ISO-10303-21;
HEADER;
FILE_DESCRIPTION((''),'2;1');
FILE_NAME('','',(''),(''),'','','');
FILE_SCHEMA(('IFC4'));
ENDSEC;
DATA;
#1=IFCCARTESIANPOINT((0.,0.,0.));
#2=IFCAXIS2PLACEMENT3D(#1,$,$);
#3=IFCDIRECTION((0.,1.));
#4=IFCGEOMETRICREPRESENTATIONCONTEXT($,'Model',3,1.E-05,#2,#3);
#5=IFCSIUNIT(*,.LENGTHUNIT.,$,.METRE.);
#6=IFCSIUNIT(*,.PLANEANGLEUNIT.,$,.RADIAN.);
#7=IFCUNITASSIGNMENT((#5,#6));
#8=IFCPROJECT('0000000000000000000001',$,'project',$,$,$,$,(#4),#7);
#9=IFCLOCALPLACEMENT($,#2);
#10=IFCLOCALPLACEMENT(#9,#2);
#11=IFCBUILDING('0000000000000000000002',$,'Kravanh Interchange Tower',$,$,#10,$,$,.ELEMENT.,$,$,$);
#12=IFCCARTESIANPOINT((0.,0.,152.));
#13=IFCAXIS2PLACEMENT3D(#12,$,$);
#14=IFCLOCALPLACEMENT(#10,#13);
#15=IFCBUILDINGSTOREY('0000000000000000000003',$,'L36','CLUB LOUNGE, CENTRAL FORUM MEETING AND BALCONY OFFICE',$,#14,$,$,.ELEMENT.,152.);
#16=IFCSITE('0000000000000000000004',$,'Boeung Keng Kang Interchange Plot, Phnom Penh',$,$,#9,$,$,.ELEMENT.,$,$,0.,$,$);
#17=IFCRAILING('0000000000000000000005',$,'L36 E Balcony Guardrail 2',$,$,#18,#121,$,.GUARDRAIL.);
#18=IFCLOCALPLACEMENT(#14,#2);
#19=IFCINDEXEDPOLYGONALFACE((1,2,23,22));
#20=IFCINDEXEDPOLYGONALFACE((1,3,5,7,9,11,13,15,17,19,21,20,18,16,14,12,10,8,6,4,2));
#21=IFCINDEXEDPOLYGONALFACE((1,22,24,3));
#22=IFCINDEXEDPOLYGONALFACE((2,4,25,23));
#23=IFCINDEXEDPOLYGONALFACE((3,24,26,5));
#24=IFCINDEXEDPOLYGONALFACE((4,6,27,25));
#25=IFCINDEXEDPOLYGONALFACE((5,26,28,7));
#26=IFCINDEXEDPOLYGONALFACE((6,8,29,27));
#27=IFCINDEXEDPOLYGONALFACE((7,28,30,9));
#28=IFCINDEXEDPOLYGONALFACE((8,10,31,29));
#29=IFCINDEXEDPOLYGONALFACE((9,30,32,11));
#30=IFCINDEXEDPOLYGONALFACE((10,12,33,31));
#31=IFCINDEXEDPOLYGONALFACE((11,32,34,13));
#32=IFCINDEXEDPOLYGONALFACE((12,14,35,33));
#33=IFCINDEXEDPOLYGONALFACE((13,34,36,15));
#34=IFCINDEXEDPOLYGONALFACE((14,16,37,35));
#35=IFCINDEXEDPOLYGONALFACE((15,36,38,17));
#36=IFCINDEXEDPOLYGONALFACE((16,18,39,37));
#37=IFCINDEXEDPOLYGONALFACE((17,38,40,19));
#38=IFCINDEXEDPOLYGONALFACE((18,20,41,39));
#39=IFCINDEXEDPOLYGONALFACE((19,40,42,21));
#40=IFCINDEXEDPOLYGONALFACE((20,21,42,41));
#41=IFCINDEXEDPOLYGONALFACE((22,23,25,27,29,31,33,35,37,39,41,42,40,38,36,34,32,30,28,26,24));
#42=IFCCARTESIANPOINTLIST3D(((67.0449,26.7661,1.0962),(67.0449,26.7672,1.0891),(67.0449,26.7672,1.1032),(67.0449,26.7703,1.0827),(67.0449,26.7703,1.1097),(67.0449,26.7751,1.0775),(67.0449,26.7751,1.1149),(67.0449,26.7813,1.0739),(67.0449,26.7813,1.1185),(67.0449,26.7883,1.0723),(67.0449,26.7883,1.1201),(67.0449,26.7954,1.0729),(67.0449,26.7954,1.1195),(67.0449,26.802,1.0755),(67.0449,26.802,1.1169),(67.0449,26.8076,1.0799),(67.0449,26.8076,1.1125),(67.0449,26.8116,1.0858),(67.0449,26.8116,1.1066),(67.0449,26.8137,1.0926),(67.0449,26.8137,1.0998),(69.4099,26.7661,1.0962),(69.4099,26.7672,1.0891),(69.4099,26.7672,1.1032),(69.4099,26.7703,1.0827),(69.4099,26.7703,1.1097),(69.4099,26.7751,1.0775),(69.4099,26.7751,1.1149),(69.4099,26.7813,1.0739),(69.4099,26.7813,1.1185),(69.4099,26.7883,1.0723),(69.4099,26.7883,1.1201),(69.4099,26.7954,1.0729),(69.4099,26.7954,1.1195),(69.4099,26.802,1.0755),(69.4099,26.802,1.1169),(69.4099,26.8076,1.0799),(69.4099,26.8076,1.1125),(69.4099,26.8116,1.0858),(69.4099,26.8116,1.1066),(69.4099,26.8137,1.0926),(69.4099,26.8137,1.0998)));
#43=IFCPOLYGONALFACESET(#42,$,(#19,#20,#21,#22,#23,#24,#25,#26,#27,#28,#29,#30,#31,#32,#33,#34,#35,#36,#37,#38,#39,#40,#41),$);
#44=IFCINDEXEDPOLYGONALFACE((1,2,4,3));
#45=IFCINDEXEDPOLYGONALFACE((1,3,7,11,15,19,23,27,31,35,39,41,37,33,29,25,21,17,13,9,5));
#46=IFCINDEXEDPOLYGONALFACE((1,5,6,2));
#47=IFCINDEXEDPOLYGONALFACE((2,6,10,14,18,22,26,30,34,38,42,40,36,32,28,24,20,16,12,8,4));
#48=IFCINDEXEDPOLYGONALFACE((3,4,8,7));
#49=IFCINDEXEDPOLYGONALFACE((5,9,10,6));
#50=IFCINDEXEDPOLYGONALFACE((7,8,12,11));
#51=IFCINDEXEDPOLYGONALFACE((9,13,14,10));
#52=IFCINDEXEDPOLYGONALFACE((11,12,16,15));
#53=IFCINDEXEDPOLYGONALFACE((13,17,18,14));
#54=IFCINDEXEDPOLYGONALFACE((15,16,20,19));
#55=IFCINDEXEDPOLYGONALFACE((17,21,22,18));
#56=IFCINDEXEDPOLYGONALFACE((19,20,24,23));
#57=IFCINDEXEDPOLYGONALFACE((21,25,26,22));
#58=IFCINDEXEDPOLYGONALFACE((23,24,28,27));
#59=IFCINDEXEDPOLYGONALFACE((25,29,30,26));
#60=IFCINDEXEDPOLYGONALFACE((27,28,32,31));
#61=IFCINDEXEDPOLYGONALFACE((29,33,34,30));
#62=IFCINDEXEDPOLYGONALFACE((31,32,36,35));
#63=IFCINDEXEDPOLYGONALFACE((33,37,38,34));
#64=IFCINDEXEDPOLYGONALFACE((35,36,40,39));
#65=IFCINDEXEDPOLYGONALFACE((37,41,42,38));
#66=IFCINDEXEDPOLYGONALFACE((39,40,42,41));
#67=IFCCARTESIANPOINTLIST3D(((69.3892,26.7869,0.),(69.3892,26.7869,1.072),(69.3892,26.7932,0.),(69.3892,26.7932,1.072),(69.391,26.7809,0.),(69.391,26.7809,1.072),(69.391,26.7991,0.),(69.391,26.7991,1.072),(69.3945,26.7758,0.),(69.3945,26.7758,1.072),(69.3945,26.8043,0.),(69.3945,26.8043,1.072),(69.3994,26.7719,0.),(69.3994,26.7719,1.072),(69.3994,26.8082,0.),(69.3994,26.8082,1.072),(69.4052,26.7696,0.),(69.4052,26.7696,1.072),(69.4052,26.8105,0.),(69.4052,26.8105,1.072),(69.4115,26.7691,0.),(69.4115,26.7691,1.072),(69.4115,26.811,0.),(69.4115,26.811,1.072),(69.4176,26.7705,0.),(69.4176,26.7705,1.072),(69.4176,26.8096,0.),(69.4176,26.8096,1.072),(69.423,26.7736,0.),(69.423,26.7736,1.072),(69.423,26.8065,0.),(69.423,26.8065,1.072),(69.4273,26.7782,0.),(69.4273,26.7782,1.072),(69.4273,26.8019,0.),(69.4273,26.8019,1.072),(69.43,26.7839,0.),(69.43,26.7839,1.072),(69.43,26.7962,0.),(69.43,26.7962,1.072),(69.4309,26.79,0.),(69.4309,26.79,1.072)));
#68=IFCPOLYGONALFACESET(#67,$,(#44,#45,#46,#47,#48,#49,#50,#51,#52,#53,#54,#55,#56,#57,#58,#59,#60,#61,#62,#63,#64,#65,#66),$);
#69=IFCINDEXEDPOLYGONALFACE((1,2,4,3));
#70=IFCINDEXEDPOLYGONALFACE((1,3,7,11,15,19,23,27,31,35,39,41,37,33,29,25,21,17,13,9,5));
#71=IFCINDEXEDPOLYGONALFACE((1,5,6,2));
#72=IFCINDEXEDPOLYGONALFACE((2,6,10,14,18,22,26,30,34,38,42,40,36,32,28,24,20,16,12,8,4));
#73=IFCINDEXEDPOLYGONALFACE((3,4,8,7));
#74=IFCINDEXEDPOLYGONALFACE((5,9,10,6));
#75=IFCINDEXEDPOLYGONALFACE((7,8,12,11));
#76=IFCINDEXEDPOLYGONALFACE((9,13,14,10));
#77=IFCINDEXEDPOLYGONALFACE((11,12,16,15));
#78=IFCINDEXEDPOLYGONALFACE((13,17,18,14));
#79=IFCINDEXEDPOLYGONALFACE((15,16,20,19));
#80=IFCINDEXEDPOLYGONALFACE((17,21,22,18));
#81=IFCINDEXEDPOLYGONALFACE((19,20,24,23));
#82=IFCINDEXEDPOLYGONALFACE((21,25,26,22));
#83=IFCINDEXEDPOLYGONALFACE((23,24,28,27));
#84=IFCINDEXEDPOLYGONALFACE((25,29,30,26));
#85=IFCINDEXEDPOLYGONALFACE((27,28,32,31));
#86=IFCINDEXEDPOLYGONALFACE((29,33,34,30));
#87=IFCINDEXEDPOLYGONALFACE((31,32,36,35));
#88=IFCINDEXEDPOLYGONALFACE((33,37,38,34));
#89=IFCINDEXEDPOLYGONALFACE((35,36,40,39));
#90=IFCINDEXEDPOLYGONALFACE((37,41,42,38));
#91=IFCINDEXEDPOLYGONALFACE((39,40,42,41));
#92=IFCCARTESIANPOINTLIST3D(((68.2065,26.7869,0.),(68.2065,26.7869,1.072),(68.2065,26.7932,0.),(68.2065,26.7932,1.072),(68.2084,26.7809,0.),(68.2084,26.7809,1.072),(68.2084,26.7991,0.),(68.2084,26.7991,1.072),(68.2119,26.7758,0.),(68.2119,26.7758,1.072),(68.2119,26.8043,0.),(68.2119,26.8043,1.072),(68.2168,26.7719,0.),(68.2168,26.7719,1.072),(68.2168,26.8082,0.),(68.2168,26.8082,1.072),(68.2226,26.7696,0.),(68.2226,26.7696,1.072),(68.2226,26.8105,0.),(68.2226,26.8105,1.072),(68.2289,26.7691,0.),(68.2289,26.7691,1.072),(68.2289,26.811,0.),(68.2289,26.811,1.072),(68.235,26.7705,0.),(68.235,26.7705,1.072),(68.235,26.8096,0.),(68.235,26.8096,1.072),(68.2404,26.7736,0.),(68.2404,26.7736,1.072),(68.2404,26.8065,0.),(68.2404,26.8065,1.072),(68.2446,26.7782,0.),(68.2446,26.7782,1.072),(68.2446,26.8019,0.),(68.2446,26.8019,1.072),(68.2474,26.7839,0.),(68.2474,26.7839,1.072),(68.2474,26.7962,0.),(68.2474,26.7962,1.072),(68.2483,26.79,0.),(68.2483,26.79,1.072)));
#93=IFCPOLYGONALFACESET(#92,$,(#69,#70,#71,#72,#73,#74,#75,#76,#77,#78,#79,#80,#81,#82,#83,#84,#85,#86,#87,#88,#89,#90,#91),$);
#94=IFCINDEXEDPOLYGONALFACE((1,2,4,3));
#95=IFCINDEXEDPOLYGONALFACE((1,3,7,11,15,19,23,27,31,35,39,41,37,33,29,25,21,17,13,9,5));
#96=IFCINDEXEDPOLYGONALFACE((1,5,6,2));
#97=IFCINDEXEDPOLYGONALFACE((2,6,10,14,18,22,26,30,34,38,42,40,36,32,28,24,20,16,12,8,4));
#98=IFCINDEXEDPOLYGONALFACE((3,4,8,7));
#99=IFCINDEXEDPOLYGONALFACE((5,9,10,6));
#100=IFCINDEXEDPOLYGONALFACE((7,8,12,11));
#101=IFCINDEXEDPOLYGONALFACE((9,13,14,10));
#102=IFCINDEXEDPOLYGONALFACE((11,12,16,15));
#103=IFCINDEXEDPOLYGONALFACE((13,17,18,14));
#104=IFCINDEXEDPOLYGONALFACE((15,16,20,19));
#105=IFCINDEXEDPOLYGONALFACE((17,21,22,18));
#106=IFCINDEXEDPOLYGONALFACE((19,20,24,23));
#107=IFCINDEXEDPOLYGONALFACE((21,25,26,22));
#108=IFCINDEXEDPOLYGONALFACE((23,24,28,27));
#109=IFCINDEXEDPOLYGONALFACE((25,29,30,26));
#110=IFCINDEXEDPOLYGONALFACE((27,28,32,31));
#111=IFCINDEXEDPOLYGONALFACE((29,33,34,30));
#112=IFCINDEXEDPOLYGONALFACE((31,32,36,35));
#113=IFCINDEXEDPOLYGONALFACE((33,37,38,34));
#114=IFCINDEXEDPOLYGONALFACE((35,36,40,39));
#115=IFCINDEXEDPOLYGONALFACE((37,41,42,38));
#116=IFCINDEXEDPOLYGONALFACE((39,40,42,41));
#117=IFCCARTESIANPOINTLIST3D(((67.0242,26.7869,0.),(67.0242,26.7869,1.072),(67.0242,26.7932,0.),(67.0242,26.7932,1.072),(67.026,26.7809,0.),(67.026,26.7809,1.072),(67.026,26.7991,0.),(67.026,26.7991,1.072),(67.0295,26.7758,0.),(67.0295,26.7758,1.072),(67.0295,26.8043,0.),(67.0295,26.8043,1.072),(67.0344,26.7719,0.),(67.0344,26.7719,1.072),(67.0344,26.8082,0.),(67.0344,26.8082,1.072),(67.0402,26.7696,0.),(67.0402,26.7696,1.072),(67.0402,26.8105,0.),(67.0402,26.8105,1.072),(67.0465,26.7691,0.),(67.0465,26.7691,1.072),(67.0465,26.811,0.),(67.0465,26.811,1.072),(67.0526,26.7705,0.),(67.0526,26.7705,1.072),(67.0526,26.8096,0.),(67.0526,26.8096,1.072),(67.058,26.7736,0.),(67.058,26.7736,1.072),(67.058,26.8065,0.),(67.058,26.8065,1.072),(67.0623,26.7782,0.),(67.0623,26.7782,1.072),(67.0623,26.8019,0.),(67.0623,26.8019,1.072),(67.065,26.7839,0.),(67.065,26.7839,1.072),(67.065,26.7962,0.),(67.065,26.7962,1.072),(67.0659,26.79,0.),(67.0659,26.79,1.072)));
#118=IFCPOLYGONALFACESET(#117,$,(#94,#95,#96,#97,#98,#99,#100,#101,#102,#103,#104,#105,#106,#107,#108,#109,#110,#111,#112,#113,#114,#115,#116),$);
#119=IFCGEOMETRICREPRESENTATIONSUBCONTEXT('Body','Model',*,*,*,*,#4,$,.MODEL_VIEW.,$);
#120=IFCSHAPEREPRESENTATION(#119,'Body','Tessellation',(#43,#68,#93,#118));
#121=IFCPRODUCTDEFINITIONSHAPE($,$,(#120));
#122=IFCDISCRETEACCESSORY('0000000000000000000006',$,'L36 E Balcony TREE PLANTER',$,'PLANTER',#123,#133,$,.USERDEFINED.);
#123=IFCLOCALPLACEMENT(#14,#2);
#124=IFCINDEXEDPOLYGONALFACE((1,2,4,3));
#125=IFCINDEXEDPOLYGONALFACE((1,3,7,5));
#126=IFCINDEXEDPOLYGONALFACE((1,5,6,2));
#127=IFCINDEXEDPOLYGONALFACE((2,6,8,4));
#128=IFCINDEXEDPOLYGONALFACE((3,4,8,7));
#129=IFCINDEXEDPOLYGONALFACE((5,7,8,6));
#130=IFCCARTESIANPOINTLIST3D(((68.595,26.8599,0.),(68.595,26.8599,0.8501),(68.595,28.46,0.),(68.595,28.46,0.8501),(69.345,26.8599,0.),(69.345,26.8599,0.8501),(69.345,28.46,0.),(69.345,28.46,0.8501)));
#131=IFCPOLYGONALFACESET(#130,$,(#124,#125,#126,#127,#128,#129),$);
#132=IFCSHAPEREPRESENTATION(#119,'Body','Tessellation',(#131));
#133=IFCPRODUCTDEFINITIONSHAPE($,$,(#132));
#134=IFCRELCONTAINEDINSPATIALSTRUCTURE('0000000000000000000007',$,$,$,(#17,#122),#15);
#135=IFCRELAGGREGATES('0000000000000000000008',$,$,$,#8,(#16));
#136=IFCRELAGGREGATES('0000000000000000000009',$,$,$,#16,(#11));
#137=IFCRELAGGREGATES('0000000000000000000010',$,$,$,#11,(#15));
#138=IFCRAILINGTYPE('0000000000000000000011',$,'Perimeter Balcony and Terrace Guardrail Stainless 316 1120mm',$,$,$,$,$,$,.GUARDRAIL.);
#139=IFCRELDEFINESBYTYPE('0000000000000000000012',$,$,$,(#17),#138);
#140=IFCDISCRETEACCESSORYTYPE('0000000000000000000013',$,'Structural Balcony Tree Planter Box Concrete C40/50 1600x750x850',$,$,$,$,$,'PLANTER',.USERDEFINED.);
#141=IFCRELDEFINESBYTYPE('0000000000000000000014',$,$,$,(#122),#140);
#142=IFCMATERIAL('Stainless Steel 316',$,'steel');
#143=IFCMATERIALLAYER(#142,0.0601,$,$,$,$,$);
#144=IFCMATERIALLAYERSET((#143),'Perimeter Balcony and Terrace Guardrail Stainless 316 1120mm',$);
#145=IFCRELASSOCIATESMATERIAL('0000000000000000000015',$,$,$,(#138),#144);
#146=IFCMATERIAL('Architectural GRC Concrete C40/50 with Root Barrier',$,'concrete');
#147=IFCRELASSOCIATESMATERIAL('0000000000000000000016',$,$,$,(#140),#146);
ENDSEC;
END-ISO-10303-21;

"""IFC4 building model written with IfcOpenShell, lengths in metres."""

from ifc_helpers import new_model, si_unit, direction, frame, origin, origin_2d, place, context, subcontext, project, spatial, rectangle, circle, extrude, material, layer, layer_set, type_object, element, save


model = new_model("IFC4")

# Units and contexts
model_context = context("Model", 3, precision=1e-05, world=origin(), true_north=direction((0.0, 1.0)))
body_context = subcontext(model_context, "Body", "Model", "MODEL_VIEW")
ifc_project = project(units=[si_unit("LENGTHUNIT", "METRE"), si_unit("PLANEANGLEUNIT", "RADIAN")], contexts=[model_context])

# Site, building, storey
site_placement = place(None, origin())
site = spatial("IfcSite", under=ifc_project, at=site_placement, Name="Boeung Keng Kang Interchange Plot, Phnom Penh", CompositionType="ELEMENT", RefElevation=0.0)
building_placement = place(site_placement, origin())
building = spatial("IfcBuilding", under=site, at=building_placement, Name="Kravanh Interchange Tower", CompositionType="ELEMENT")
storey_placement = place(building_placement, frame((0.0, 0.0, 152.0)))
storey = spatial("IfcBuildingStorey", under=building, at=storey_placement, Name="L36", Description="CLUB LOUNGE, CENTRAL FORUM MEETING AND BALCONY OFFICE", CompositionType="ELEMENT", Elevation=152.0)

# Railing
ifc_material_1 = material(Name="Stainless Steel 316", Category="steel")
ifc_layer_1 = layer(ifc_material_1, 0.0601)
ifc_layer_set_1 = layer_set([ifc_layer_1], Name="Perimeter Balcony and Terrace Guardrail Stainless 316 1120mm")
railing_type = type_object("IfcRailingType", Name="Perimeter Balcony and Terrace Guardrail Stainless 316 1120mm", PredefinedType="GUARDRAIL", material=ifc_layer_set_1)
railing_placement = place(storey_placement, frame((69.4099, 26.79, 0.0)))
element("IfcRailing", 1, at=railing_placement, inside=storey, type_object=railing_type, Name="L36 E Balcony Guardrail 2", PredefinedType="GUARDRAIL", context=body_context, shape_type="SweptSolid", body=[
    extrude(circle(Radius=0.0239, at=origin_2d()), frame((0.0, 0.0, 1.0962), z_axis=(-1.0, 0.0, 0.0), x_axis=(0.0, -1.0, 0.0)), (0.0, 0.0, 1.0), 2.365),
    extrude(circle(Radius=0.021, at=origin_2d()), origin(), (0.0, 0.0, 1.0), 1.072),
    extrude(circle(Radius=0.021, at=origin_2d()), frame((-1.1826, 0.0, 0.0)), (0.0, 0.0, 1.0), 1.072),
    extrude(circle(Radius=0.021, at=origin_2d()), frame((-2.365, 0.0, 0.0)), (0.0, 0.0, 1.0), 1.072),
])

# Discrete accessory
ifc_material_2 = material(Name="Architectural GRC Concrete C40/50 with Root Barrier", Category="concrete")
discrete_accessory_type = type_object("IfcDiscreteAccessoryType", Name="Structural Balcony Tree Planter Box Concrete C40/50 1600x750x850", ElementType="PLANTER", PredefinedType="USERDEFINED", material=ifc_material_2)
discrete_accessory_placement = place(storey_placement, frame((68.97, 27.6599, 0.0), z_axis=(0.0, 0.0, 1.0), x_axis=(1.0, 0.0, 0.0)))
element("IfcDiscreteAccessory", 2, at=discrete_accessory_placement, inside=storey, type_object=discrete_accessory_type, Name="L36 E Balcony TREE PLANTER", ObjectType="PLANTER", PredefinedType="USERDEFINED", context=body_context, shape_type="SweptSolid", body=[
    extrude(rectangle(XDim=0.75, YDim=1.6001, at=origin_2d()), origin(), (0.0, 0.0, 1.0), 0.8501),
])

save(model, "model.ifc")
